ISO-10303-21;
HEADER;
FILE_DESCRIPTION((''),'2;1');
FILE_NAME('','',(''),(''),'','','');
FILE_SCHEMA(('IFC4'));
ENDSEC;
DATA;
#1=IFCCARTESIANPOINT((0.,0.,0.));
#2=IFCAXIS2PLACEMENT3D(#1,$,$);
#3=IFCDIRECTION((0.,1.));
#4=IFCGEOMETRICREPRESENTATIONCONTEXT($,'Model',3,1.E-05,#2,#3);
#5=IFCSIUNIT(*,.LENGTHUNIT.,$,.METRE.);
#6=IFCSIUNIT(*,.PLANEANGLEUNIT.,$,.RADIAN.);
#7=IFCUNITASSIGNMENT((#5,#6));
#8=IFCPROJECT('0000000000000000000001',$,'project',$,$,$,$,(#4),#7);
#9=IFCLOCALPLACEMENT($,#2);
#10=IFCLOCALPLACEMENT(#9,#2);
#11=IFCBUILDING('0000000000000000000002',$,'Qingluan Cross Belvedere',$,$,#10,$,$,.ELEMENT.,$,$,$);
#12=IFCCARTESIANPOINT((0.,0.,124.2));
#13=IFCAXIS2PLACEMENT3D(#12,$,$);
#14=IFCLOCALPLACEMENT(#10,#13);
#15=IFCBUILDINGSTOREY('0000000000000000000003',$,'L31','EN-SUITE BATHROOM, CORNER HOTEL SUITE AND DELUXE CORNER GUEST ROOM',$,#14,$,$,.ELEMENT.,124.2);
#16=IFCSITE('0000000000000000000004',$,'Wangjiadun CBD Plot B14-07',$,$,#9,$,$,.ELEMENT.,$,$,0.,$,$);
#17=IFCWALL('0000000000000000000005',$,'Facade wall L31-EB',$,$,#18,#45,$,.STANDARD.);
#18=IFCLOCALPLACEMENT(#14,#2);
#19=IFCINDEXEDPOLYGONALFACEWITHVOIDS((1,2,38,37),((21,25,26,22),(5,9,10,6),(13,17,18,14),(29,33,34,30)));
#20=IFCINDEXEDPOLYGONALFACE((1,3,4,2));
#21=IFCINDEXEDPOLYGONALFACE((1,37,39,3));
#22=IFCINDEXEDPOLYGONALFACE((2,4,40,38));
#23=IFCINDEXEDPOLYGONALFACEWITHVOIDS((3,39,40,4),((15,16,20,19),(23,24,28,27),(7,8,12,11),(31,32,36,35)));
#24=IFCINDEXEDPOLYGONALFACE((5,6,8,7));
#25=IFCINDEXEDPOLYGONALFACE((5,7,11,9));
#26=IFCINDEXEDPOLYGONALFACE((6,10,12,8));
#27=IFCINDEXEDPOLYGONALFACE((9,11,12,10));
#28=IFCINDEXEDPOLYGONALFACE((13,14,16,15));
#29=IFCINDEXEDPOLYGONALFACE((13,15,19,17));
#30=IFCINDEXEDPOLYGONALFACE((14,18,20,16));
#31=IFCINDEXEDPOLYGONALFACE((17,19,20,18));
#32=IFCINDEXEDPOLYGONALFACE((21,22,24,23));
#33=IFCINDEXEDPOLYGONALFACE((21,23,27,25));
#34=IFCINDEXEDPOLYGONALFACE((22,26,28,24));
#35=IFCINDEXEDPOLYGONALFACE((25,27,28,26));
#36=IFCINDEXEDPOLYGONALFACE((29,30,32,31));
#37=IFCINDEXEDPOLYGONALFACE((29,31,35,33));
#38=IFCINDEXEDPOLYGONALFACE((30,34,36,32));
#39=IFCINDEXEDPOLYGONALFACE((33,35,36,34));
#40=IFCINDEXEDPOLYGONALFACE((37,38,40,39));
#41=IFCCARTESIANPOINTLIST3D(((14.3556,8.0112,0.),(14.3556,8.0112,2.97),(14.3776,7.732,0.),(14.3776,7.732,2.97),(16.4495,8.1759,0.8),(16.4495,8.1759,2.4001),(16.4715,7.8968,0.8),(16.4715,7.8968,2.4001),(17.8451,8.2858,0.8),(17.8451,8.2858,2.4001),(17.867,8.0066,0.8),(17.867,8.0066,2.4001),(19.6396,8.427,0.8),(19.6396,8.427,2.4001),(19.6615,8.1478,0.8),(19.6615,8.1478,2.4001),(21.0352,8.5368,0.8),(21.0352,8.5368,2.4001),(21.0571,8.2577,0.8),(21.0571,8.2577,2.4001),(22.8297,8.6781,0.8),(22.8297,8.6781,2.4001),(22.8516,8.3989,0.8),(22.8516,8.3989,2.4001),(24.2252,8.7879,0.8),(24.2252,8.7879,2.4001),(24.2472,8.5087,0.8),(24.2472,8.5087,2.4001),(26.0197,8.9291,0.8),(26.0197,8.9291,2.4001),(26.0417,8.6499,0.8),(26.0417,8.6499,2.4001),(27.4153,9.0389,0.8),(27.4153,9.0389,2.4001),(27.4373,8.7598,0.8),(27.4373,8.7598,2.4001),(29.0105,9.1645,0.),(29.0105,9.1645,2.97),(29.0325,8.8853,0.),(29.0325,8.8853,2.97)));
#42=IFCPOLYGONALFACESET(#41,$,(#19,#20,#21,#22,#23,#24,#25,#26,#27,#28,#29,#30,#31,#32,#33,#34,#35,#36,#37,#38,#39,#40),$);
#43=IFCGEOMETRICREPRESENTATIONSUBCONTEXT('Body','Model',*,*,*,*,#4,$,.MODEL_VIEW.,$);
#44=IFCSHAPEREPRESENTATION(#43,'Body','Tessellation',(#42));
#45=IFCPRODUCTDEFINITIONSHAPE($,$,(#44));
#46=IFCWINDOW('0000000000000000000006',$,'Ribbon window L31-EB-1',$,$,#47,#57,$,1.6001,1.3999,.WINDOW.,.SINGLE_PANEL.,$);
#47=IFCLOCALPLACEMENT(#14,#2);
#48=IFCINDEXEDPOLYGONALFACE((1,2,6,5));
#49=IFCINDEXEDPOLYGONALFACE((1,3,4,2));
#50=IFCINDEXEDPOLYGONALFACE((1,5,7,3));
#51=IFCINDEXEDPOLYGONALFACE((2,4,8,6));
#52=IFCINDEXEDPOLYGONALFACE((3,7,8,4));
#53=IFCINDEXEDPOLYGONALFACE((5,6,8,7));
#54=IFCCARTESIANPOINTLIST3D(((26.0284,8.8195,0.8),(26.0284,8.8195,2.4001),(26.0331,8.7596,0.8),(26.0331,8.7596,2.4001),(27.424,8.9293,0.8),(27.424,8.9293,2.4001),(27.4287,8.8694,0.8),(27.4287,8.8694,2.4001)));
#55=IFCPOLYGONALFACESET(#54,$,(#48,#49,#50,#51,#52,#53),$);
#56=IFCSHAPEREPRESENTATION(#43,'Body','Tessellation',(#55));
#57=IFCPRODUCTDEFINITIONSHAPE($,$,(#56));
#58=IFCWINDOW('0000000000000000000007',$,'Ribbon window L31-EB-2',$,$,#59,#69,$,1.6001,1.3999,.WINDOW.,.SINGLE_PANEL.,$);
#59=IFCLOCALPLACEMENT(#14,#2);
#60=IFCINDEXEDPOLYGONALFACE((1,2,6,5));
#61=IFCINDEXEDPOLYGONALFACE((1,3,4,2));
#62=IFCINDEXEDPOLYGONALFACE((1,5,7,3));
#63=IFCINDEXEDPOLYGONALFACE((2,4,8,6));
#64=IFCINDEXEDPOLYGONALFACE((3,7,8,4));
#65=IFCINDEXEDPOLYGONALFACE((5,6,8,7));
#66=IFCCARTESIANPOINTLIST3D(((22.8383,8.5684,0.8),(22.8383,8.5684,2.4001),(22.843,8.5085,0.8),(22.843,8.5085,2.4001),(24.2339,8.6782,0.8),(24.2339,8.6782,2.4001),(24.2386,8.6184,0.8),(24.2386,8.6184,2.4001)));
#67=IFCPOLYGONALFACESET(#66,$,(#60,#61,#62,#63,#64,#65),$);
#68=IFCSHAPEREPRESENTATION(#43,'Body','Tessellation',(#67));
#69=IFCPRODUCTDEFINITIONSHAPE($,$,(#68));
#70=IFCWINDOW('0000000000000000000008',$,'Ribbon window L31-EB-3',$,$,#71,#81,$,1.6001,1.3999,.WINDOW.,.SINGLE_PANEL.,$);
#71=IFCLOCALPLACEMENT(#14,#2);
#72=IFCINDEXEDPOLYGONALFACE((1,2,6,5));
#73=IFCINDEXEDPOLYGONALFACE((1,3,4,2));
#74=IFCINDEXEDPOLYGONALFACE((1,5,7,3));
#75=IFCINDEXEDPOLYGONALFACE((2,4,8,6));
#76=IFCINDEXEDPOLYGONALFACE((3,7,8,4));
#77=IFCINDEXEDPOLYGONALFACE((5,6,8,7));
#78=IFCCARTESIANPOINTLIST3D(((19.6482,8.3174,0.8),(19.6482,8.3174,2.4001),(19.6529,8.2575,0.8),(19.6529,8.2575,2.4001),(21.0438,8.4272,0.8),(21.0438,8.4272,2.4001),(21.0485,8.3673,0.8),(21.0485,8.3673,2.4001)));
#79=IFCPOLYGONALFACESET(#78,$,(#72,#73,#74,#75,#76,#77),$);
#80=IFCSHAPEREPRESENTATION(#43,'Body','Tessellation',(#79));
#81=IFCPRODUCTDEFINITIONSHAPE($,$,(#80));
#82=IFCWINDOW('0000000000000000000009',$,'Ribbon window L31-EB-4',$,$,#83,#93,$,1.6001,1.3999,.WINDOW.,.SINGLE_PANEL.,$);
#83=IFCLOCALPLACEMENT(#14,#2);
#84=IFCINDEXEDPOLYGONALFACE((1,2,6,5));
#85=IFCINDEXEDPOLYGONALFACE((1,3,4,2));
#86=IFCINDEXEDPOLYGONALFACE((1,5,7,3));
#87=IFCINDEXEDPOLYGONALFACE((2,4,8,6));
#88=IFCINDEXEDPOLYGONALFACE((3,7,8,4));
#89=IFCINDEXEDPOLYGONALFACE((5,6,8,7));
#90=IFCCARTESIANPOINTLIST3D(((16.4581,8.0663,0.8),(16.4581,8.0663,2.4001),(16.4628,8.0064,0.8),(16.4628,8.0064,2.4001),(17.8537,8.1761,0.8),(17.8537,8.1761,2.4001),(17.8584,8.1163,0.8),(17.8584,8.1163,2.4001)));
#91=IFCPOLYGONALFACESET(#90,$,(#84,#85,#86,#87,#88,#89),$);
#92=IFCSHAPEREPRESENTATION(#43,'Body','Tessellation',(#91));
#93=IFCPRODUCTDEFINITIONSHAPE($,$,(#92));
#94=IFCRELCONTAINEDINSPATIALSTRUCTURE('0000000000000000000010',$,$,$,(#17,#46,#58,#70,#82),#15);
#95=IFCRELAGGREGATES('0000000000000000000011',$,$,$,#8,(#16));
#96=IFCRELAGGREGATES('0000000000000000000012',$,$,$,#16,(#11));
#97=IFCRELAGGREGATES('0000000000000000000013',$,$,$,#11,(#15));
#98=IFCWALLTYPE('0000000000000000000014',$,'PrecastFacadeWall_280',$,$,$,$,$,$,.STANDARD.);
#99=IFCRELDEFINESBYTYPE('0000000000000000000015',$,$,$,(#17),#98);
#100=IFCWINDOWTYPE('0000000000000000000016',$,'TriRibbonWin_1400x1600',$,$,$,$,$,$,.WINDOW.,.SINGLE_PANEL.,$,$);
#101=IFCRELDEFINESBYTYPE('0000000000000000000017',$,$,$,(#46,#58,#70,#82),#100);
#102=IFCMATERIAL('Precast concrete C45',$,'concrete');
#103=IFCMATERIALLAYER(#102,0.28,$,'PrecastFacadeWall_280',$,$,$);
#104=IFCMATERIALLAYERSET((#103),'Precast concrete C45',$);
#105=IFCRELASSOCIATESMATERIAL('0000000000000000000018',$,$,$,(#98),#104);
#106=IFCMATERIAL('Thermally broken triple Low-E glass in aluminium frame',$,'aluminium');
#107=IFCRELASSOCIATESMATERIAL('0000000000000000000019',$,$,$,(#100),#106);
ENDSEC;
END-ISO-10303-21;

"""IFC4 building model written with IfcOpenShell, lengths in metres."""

from ifc_helpers import new_model, si_unit, direction, frame, frame_2d, origin, place, context, subcontext, project, spatial, rectangle, extrude, material, layer, layer_set, type_object, element, fill, save


model = new_model("IFC4")

# Units and contexts
model_context = context("Model", 3, precision=1e-05, world=origin(), true_north=direction((0.0, 1.0)))
body_context = subcontext(model_context, "Body", "Model", "MODEL_VIEW")
ifc_project = project(units=[si_unit("LENGTHUNIT", "METRE"), si_unit("PLANEANGLEUNIT", "RADIAN")], contexts=[model_context])

# Site, building, storey
site_placement = place(None, origin())
site = spatial("IfcSite", under=ifc_project, at=site_placement, Name="Wangjiadun CBD Plot B14-07", CompositionType="ELEMENT", RefElevation=0.0)
building_placement = place(site_placement, origin())
building = spatial("IfcBuilding", under=site, at=building_placement, Name="Qingluan Cross Belvedere", CompositionType="ELEMENT")
storey_placement = place(building_placement, frame((0.0, 0.0, 124.2)))
storey = spatial("IfcBuildingStorey", under=building, at=storey_placement, Name="L31", Description="EN-SUITE BATHROOM, CORNER HOTEL SUITE AND DELUXE CORNER GUEST ROOM", CompositionType="ELEMENT", Elevation=124.2)

# Wall, openings, windows
ifc_material_1 = material(Name="Precast concrete C45", Category="concrete")
ifc_layer_1 = layer(ifc_material_1, 0.28, Name="PrecastFacadeWall_280")
ifc_layer_set_1 = layer_set([ifc_layer_1], Name="Precast concrete C45")
wall_type_1 = type_object("IfcWallType", Name="PrecastFacadeWall_280", PredefinedType="STANDARD", material=ifc_layer_set_1)
wall_1_placement = place(storey_placement, frame((29.0215, 9.0249, 0.0), z_axis=(0.0, 0.0, 1.0), x_axis=(-0.996918, -0.078457, 0.0)))
wall_1 = element("IfcWall", 1, at=wall_1_placement, inside=storey, type_object=wall_type_1, Name="Facade wall L31-EB", PredefinedType="STANDARD", context=body_context, shape_type="SweptSolid", body=[
    extrude(rectangle(XDim=14.7002, YDim=0.28, at=frame_2d((7.3501, 0.0))), origin(), (0.0, 0.0, 1.0), 2.97),
])
opening_1_placement = place(wall_1_placement, frame((1.6001, 0.0, 0.8)))
opening_1 = element("IfcOpeningElement", 2, at=opening_1_placement, cuts=wall_1, PredefinedType="OPENING", context=body_context, shape_type="SweptSolid", body=[
    extrude(rectangle(XDim=1.3999, YDim=1.6001, at=frame_2d((0.7, 0.8))), frame((0.0, 0.1499, 0.0), z_axis=(0.0, -1.0, 0.0), x_axis=(1.0, 0.0, 0.0)), (0.0, 0.0, 1.0), 0.3),
])
opening_2_placement = place(wall_1_placement, frame((4.8, 0.0, 0.8)))
opening_2 = element("IfcOpeningElement", 3, at=opening_2_placement, cuts=wall_1, PredefinedType="OPENING", context=body_context, shape_type="SweptSolid", body=[
    extrude(rectangle(XDim=1.3999, YDim=1.6001, at=frame_2d((0.7, 0.8))), frame((0.0, 0.1499, 0.0), z_axis=(0.0, -1.0, 0.0), x_axis=(1.0, 0.0, 0.0)), (0.0, 0.0, 1.0), 0.3),
])
opening_3_placement = place(wall_1_placement, frame((8.0, 0.0, 0.8)))
opening_3 = element("IfcOpeningElement", 4, at=opening_3_placement, cuts=wall_1, PredefinedType="OPENING", context=body_context, shape_type="SweptSolid", body=[
    extrude(rectangle(XDim=1.3999, YDim=1.6001, at=frame_2d((0.7, 0.8))), frame((0.0, 0.1499, 0.0), z_axis=(0.0, -1.0, 0.0), x_axis=(1.0, 0.0, 0.0)), (0.0, 0.0, 1.0), 0.3),
])
opening_4_placement = place(wall_1_placement, frame((11.2, 0.0, 0.8)))
opening_4 = element("IfcOpeningElement", 5, at=opening_4_placement, cuts=wall_1, PredefinedType="OPENING", context=body_context, shape_type="SweptSolid", body=[
    extrude(rectangle(XDim=1.3999, YDim=1.6001, at=frame_2d((0.7, 0.8))), frame((0.0, 0.1499, 0.0), z_axis=(0.0, -1.0, 0.0), x_axis=(1.0, 0.0, 0.0)), (0.0, 0.0, 1.0), 0.3),
])
ifc_material_2 = material(Name="Thermally broken triple Low-E glass in aluminium frame", Category="aluminium")
window_type = type_object("IfcWindowType", Name="TriRibbonWin_1400x1600", PartitioningType="SINGLE_PANEL", PredefinedType="WINDOW", material=ifc_material_2)
window_1_placement = place(opening_1_placement, origin())
window_1 = element("IfcWindow", 6, at=window_1_placement, inside=storey, type_object=window_type, Name="Ribbon window L31-EB-1", OverallHeight=1.6001, OverallWidth=1.3999, PartitioningType="SINGLE_PANEL", PredefinedType="WINDOW", context=body_context, shape_type="SweptSolid", body=[
    extrude(rectangle(XDim=1.3999, YDim=1.6001, at=frame_2d((0.7, 0.8))), frame((0.0, 0.03, 0.0), z_axis=(0.0, -1.0, 0.0), x_axis=(1.0, 0.0, 0.0)), (0.0, 0.0, 1.0), 0.0601),
])
fill(opening_1, window_1)
window_2_placement = place(opening_2_placement, origin())
window_2 = element("IfcWindow", 7, at=window_2_placement, inside=storey, type_object=window_type, Name="Ribbon window L31-EB-2", OverallHeight=1.6001, OverallWidth=1.3999, PartitioningType="SINGLE_PANEL", PredefinedType="WINDOW", context=body_context, shape_type="SweptSolid", body=[
    extrude(rectangle(XDim=1.3999, YDim=1.6001, at=frame_2d((0.7, 0.8))), frame((0.0, 0.03, 0.0), z_axis=(0.0, -1.0, 0.0), x_axis=(1.0, 0.0, 0.0)), (0.0, 0.0, 1.0), 0.0601),
])
fill(opening_2, window_2)
window_3_placement = place(opening_3_placement, origin())
window_3 = element("IfcWindow", 8, at=window_3_placement, inside=storey, type_object=window_type, Name="Ribbon window L31-EB-3", OverallHeight=1.6001, OverallWidth=1.3999, PartitioningType="SINGLE_PANEL", PredefinedType="WINDOW", context=body_context, shape_type="SweptSolid", body=[
    extrude(rectangle(XDim=1.3999, YDim=1.6001, at=frame_2d((0.7, 0.8))), frame((0.0, 0.03, 0.0), z_axis=(0.0, -1.0, 0.0), x_axis=(1.0, 0.0, 0.0)), (0.0, 0.0, 1.0), 0.0601),
])
fill(opening_3, window_3)
window_4_placement = place(opening_4_placement, origin())
window_4 = element("IfcWindow", 9, at=window_4_placement, inside=storey, type_object=window_type, Name="Ribbon window L31-EB-4", OverallHeight=1.6001, OverallWidth=1.3999, PartitioningType="SINGLE_PANEL", PredefinedType="WINDOW", context=body_context, shape_type="SweptSolid", body=[
    extrude(rectangle(XDim=1.3999, YDim=1.6001, at=frame_2d((0.7, 0.8))), frame((0.0, 0.03, 0.0), z_axis=(0.0, -1.0, 0.0), x_axis=(1.0, 0.0, 0.0)), (0.0, 0.0, 1.0), 0.0601),
])
fill(opening_4, window_4)

save(model, "model.ifc")
